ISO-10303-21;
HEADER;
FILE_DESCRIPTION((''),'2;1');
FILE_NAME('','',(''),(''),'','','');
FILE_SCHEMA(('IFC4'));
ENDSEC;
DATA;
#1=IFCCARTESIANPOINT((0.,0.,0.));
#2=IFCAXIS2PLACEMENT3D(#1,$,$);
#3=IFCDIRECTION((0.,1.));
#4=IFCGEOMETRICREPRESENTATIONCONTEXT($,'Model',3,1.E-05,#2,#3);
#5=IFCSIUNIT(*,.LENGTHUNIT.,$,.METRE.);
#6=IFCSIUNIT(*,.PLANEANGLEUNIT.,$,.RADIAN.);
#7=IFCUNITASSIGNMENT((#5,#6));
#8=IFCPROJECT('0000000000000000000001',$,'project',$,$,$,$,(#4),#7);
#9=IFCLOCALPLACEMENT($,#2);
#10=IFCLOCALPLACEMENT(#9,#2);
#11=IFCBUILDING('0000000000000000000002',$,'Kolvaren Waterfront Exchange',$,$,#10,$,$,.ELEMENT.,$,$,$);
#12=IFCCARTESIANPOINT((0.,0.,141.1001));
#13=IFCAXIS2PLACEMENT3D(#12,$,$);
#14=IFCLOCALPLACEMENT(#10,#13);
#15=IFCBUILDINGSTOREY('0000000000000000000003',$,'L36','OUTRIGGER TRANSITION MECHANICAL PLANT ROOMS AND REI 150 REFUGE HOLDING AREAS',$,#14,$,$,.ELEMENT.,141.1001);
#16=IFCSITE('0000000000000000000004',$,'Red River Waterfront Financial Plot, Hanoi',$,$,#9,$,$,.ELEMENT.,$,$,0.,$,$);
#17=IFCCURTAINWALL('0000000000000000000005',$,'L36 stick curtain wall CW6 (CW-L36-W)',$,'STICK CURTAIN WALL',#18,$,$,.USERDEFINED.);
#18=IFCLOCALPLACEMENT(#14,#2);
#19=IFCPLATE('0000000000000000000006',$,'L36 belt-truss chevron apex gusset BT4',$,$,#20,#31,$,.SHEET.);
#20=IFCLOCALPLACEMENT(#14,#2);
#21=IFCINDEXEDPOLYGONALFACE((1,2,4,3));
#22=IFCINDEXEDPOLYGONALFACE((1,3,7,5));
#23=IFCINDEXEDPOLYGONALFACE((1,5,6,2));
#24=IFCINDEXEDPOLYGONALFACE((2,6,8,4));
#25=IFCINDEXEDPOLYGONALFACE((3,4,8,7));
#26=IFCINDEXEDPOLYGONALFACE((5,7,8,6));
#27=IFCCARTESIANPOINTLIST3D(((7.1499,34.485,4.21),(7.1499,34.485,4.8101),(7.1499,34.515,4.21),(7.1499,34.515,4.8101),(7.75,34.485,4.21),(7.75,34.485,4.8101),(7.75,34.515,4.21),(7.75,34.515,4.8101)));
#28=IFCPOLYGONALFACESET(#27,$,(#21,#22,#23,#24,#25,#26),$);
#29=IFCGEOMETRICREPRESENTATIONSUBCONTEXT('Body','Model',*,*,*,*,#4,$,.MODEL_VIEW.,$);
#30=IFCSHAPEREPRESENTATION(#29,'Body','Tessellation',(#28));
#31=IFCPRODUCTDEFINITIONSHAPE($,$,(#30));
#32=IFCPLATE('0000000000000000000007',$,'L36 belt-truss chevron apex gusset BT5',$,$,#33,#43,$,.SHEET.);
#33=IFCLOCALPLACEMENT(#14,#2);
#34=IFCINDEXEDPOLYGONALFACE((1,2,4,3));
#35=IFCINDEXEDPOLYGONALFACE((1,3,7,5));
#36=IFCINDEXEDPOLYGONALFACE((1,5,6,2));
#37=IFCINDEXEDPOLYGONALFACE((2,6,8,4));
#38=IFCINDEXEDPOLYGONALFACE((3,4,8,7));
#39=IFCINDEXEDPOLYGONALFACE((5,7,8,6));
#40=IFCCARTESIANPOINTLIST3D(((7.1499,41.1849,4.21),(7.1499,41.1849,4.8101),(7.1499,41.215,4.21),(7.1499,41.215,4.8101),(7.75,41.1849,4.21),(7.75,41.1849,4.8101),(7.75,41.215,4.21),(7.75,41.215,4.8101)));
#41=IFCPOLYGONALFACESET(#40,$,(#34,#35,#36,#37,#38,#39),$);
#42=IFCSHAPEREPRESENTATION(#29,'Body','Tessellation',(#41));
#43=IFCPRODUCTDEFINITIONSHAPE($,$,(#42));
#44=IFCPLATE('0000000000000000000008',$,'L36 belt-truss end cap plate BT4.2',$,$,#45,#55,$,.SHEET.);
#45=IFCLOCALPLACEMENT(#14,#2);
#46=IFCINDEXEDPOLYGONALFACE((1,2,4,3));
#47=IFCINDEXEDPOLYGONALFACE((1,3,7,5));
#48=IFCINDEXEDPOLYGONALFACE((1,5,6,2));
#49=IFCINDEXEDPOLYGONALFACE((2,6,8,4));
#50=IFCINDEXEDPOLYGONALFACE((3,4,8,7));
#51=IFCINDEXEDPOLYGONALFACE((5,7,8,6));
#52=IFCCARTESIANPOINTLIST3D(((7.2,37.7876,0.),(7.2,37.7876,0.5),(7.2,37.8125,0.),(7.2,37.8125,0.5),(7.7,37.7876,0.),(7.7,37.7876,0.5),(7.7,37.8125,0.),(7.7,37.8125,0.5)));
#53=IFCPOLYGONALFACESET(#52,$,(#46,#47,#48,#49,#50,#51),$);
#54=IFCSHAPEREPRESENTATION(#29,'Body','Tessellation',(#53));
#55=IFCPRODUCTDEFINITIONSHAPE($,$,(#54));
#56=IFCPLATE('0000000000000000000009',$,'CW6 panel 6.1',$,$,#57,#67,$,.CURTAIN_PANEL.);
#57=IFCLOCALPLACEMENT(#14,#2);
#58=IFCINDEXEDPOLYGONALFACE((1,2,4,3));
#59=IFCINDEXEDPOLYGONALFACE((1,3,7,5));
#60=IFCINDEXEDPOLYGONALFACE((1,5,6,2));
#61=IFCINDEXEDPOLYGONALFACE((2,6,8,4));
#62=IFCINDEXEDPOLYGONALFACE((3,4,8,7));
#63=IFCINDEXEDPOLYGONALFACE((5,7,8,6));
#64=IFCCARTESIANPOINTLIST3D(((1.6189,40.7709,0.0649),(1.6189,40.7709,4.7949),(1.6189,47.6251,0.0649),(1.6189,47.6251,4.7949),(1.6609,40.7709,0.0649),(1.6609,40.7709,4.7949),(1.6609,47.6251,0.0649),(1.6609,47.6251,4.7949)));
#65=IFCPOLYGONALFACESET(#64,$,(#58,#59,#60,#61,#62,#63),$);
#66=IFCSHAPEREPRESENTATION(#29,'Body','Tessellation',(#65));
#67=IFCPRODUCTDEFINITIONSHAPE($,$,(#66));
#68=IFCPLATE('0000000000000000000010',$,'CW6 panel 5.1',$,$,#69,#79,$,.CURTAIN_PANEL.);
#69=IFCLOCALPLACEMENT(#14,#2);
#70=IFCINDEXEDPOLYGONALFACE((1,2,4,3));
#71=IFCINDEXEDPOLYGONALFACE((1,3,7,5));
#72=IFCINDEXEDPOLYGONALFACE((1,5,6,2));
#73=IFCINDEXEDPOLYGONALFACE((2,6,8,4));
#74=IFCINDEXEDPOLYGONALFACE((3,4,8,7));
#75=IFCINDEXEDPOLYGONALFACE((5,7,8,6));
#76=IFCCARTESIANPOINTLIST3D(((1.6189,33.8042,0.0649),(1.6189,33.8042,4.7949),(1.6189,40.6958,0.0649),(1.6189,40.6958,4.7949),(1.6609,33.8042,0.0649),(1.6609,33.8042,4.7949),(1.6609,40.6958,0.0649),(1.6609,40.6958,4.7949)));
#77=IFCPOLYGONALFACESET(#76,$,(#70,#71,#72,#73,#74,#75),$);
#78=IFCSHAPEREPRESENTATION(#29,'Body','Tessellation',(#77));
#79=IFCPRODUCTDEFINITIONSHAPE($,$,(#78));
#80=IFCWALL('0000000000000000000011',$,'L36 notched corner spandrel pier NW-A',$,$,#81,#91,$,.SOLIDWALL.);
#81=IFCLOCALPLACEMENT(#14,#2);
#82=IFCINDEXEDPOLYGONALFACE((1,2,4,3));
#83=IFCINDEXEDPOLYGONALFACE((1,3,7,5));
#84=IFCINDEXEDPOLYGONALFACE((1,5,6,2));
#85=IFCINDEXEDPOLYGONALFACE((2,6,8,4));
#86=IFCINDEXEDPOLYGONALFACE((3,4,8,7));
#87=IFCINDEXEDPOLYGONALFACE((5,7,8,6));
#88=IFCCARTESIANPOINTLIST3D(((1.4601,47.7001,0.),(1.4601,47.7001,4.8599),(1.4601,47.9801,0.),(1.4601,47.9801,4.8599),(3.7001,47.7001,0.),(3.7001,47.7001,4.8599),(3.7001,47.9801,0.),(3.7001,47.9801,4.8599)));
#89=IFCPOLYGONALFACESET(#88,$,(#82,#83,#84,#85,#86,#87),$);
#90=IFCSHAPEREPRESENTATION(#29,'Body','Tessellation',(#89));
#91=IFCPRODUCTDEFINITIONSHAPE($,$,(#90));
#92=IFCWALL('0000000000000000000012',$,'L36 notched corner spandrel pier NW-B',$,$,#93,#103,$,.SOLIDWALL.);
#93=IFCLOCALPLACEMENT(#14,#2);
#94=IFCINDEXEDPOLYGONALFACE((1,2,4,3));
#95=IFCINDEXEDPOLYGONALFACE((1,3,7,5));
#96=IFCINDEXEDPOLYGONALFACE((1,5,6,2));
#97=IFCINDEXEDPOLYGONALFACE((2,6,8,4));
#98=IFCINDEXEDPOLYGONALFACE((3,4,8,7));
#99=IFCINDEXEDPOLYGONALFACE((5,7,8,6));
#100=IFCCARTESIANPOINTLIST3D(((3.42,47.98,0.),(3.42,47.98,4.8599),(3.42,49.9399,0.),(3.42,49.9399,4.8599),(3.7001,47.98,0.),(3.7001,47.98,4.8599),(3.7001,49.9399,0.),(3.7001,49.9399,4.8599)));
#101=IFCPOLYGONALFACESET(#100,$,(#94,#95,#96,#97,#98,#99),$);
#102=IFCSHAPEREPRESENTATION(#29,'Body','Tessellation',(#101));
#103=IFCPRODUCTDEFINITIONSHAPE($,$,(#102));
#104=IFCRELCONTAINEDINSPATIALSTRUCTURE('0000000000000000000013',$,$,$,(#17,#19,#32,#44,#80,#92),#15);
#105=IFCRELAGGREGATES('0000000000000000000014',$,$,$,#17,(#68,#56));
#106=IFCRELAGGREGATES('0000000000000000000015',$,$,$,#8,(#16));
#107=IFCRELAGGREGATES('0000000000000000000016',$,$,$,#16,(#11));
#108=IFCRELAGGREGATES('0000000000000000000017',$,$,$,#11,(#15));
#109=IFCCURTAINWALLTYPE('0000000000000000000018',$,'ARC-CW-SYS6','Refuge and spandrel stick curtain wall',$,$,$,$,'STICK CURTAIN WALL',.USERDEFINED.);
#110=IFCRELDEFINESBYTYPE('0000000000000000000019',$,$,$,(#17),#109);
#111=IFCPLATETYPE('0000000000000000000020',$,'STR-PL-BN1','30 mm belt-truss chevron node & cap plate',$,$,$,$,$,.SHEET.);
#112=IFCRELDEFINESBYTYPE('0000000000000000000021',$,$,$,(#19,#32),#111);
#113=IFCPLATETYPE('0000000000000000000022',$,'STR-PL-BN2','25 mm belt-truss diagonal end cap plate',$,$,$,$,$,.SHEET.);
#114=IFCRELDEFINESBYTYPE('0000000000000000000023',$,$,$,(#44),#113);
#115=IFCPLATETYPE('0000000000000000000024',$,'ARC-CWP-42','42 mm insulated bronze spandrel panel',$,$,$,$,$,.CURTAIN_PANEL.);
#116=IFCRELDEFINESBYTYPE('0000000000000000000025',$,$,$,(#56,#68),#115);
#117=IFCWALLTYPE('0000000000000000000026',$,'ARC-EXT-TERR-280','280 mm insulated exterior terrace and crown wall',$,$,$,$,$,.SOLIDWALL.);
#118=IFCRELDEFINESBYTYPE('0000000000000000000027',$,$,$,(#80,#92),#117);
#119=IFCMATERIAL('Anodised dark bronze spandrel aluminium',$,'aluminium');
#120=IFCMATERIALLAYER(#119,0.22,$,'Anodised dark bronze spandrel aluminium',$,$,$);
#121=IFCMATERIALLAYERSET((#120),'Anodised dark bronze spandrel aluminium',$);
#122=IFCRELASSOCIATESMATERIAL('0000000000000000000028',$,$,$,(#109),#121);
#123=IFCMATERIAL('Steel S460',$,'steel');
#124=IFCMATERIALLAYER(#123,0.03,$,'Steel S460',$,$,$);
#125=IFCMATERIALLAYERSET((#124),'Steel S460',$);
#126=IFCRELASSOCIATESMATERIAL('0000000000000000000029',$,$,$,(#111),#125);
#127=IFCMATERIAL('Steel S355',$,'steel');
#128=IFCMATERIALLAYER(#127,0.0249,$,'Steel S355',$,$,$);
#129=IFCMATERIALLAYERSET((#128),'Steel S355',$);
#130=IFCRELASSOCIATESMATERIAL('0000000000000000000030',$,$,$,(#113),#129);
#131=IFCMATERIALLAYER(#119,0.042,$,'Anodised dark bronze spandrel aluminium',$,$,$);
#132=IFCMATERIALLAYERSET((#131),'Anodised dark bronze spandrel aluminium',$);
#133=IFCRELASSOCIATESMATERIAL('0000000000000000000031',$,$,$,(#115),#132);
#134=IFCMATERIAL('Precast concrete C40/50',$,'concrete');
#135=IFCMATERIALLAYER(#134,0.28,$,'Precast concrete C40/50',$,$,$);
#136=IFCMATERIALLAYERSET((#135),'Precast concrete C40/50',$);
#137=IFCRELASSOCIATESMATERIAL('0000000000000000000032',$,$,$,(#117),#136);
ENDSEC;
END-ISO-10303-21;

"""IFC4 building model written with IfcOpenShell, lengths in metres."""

from ifc_helpers import new_model, si_unit, direction, frame, frame_2d, origin, origin_with_axes, origin_2d, place, context, subcontext, project, spatial, rectangle, extrude, source, transform, mapped, material, layer, layer_set, type_object, element, aggregate, save


model = new_model("IFC4")

# Units and contexts
model_context = context("Model", 3, precision=1e-05, world=origin(), true_north=direction((0.0, 1.0)))
body_context = subcontext(model_context, "Body", "Model", "MODEL_VIEW")
ifc_project = project(units=[si_unit("LENGTHUNIT", "METRE"), si_unit("PLANEANGLEUNIT", "RADIAN")], contexts=[model_context])

# Site, building, storey
site_placement = place(None, origin())
site = spatial("IfcSite", under=ifc_project, at=site_placement, Name="Red River Waterfront Financial Plot, Hanoi", CompositionType="ELEMENT", RefElevation=0.0)
building_placement = place(site_placement, origin())
building = spatial("IfcBuilding", under=site, at=building_placement, Name="Kolvaren Waterfront Exchange", CompositionType="ELEMENT")
storey_placement = place(building_placement, frame((0.0, 0.0, 141.1001)))
storey = spatial("IfcBuildingStorey", under=building, at=storey_placement, Name="L36", Description="OUTRIGGER TRANSITION MECHANICAL PLANT ROOMS AND REI 150 REFUGE HOLDING AREAS", CompositionType="ELEMENT", Elevation=141.1001)

# Shared definitions
ifc_material_1 = material(Name="Steel S355", Category="steel")

# Shared definitions
ifc_material_2 = material(Name="Steel S460", Category="steel")

# Curtain wall
ifc_material_3 = material(Name="Anodised dark bronze spandrel aluminium", Category="aluminium")
ifc_layer_1 = layer(ifc_material_3, 0.22, Name="Anodised dark bronze spandrel aluminium")
ifc_layer_set_1 = layer_set([ifc_layer_1], Name="Anodised dark bronze spandrel aluminium")
curtain_wall_type = type_object("IfcCurtainWallType", Name="ARC-CW-SYS6", Description="Refuge and spandrel stick curtain wall", ElementType="STICK CURTAIN WALL", PredefinedType="USERDEFINED", material=ifc_layer_set_1)
curtain_wall_placement = place(storey_placement, origin())
curtain_wall = element("IfcCurtainWall", 1, at=curtain_wall_placement, inside=storey, type_object=curtain_wall_type, Name="L36 stick curtain wall CW6 (CW-L36-W)", ObjectType="STICK CURTAIN WALL", PredefinedType="USERDEFINED")

# Plates
ifc_layer_2 = layer(ifc_material_2, 0.03, Name="Steel S460")
ifc_layer_set_2 = layer_set([ifc_layer_2], Name="Steel S460")
plate_type_1 = type_object("IfcPlateType", Name="STR-PL-BN1", Description="30 mm belt-truss chevron node & cap plate", PredefinedType="SHEET", material=ifc_layer_set_2)
shared_shape_1 = source(origin_with_axes(), body_context, "Body", "SweptSolid", [
    extrude(rectangle(XDim=0.6001, YDim=0.03, at=origin_2d()), origin(), (0.0, 0.0, 1.0), 0.6001),
])
for number, where, z_axis, x_axis, name in (
    (2, (7.45, 34.5, 4.21), (0.0, 0.0, 1.0), (1.0, 0.0, 0.0), "L36 belt-truss chevron apex gusset BT4"),
    (3, (7.45, 41.2, 4.21), (0.0, 0.0, 1.0), (1.0, 0.0, 0.0), "L36 belt-truss chevron apex gusset BT5"),
):
    element("IfcPlate", number, at=place(storey_placement, frame(where, z_axis=z_axis, x_axis=x_axis)), inside=storey, type_object=plate_type_1, Name=name, PredefinedType="SHEET", context=body_context, shape_type="MappedRepresentation", body=[
        mapped(shared_shape_1, transform((0.0, 0.0, 0.0), x_axis=(1.0, 0.0, 0.0), y_axis=(0.0, 1.0, 0.0), z_axis=(0.0, 0.0, 1.0), scale=1.0)),
    ])
ifc_layer_3 = layer(ifc_material_1, 0.0249, Name="Steel S355")
ifc_layer_set_3 = layer_set([ifc_layer_3], Name="Steel S355")
plate_type_2 = type_object("IfcPlateType", Name="STR-PL-BN2", Description="25 mm belt-truss diagonal end cap plate", PredefinedType="SHEET", material=ifc_layer_set_3)
shared_shape_2 = source(origin_with_axes(), body_context, "Body", "SweptSolid", [
    extrude(rectangle(XDim=0.5, YDim=0.0249, at=origin_2d()), origin(), (0.0, 0.0, 1.0), 0.5),
])
plate_1_placement = place(storey_placement, frame((7.45, 37.8, 0.0), z_axis=(0.0, 0.0, 1.0), x_axis=(1.0, 0.0, 0.0)))
element("IfcPlate", 4, at=plate_1_placement, inside=storey, type_object=plate_type_2, Name="L36 belt-truss end cap plate BT4.2", PredefinedType="SHEET", context=body_context, shape_type="MappedRepresentation", body=[
    mapped(shared_shape_2, transform((0.0, 0.0, 0.0), x_axis=(1.0, 0.0, 0.0), y_axis=(0.0, 1.0, 0.0), z_axis=(0.0, 0.0, 1.0), scale=1.0)),
])

# Plates
ifc_layer_4 = layer(ifc_material_3, 0.042, Name="Anodised dark bronze spandrel aluminium")
ifc_layer_set_4 = layer_set([ifc_layer_4], Name="Anodised dark bronze spandrel aluminium")
plate_type_3 = type_object("IfcPlateType", Name="ARC-CWP-42", Description="42 mm insulated bronze spandrel panel", PredefinedType="CURTAIN_PANEL", material=ifc_layer_set_4)
shared_shape_3 = source(origin_with_axes(), body_context, "Body", "SweptSolid", [
    extrude(rectangle(XDim=6.8542, YDim=0.042, at=origin_2d()), origin(), (0.0, 0.0, 1.0), 4.73),
])
plate_2_placement = place(storey_placement, frame((1.6399, 44.198, 0.0649), z_axis=(0.0, 0.0, 1.0), x_axis=(0.0, 1.0, 0.0)))
plate_2 = element("IfcPlate", 5, at=plate_2_placement, type_object=plate_type_3, Name="CW6 panel 6.1", PredefinedType="CURTAIN_PANEL", context=body_context, shape_type="MappedRepresentation", body=[
    mapped(shared_shape_3, transform((0.0, 0.0, 0.0), x_axis=(1.0, 0.0, 0.0), y_axis=(0.0, 1.0, 0.0), z_axis=(0.0, 0.0, 1.0), scale=1.0)),
])
shared_shape_4 = source(origin_with_axes(), body_context, "Body", "SweptSolid", [
    extrude(rectangle(XDim=6.8916, YDim=0.042, at=origin_2d()), origin(), (0.0, 0.0, 1.0), 4.73),
])
plate_3_placement = place(storey_placement, frame((1.6399, 37.25, 0.0649), z_axis=(0.0, 0.0, 1.0), x_axis=(0.0, 1.0, 0.0)))
plate_3 = element("IfcPlate", 6, at=plate_3_placement, type_object=plate_type_3, Name="CW6 panel 5.1", PredefinedType="CURTAIN_PANEL", context=body_context, shape_type="MappedRepresentation", body=[
    mapped(shared_shape_4, transform((0.0, 0.0, 0.0), x_axis=(1.0, 0.0, 0.0), y_axis=(0.0, 1.0, 0.0), z_axis=(0.0, 0.0, 1.0), scale=1.0)),
])
aggregate(curtain_wall, [plate_3, plate_2])

# Walls
ifc_material_4 = material(Name="Precast concrete C40/50", Category="concrete")
ifc_layer_5 = layer(ifc_material_4, 0.28, Name="Precast concrete C40/50")
ifc_layer_set_5 = layer_set([ifc_layer_5], Name="Precast concrete C40/50")
wall_type = type_object("IfcWallType", Name="ARC-EXT-TERR-280", Description="280 mm insulated exterior terrace and crown wall", PredefinedType="SOLIDWALL", material=ifc_layer_set_5)
wall_1_placement = place(storey_placement, frame((1.46, 47.8401, 0.0), z_axis=(0.0, 0.0, 1.0), x_axis=(1.0, 0.0, 0.0)))
element("IfcWall", 7, at=wall_1_placement, inside=storey, type_object=wall_type, Name="L36 notched corner spandrel pier NW-A", PredefinedType="SOLIDWALL", context=body_context, shape_type="SweptSolid", body=[
    extrude(rectangle(XDim=2.24, YDim=0.28, at=frame_2d((1.1201, 0.0))), origin(), (0.0, 0.0, 1.0), 4.8599),
])
wall_2_placement = place(storey_placement, frame((3.5601, 47.98, 0.0), z_axis=(0.0, 0.0, 1.0), x_axis=(0.0, 1.0, 0.0)))
element("IfcWall", 8, at=wall_2_placement, inside=storey, type_object=wall_type, Name="L36 notched corner spandrel pier NW-B", PredefinedType="SOLIDWALL", context=body_context, shape_type="SweptSolid", body=[
    extrude(rectangle(XDim=1.96, YDim=0.28, at=frame_2d((0.98, 0.0))), origin(), (0.0, 0.0, 1.0), 4.8599),
])

save(model, "model.ifc")
